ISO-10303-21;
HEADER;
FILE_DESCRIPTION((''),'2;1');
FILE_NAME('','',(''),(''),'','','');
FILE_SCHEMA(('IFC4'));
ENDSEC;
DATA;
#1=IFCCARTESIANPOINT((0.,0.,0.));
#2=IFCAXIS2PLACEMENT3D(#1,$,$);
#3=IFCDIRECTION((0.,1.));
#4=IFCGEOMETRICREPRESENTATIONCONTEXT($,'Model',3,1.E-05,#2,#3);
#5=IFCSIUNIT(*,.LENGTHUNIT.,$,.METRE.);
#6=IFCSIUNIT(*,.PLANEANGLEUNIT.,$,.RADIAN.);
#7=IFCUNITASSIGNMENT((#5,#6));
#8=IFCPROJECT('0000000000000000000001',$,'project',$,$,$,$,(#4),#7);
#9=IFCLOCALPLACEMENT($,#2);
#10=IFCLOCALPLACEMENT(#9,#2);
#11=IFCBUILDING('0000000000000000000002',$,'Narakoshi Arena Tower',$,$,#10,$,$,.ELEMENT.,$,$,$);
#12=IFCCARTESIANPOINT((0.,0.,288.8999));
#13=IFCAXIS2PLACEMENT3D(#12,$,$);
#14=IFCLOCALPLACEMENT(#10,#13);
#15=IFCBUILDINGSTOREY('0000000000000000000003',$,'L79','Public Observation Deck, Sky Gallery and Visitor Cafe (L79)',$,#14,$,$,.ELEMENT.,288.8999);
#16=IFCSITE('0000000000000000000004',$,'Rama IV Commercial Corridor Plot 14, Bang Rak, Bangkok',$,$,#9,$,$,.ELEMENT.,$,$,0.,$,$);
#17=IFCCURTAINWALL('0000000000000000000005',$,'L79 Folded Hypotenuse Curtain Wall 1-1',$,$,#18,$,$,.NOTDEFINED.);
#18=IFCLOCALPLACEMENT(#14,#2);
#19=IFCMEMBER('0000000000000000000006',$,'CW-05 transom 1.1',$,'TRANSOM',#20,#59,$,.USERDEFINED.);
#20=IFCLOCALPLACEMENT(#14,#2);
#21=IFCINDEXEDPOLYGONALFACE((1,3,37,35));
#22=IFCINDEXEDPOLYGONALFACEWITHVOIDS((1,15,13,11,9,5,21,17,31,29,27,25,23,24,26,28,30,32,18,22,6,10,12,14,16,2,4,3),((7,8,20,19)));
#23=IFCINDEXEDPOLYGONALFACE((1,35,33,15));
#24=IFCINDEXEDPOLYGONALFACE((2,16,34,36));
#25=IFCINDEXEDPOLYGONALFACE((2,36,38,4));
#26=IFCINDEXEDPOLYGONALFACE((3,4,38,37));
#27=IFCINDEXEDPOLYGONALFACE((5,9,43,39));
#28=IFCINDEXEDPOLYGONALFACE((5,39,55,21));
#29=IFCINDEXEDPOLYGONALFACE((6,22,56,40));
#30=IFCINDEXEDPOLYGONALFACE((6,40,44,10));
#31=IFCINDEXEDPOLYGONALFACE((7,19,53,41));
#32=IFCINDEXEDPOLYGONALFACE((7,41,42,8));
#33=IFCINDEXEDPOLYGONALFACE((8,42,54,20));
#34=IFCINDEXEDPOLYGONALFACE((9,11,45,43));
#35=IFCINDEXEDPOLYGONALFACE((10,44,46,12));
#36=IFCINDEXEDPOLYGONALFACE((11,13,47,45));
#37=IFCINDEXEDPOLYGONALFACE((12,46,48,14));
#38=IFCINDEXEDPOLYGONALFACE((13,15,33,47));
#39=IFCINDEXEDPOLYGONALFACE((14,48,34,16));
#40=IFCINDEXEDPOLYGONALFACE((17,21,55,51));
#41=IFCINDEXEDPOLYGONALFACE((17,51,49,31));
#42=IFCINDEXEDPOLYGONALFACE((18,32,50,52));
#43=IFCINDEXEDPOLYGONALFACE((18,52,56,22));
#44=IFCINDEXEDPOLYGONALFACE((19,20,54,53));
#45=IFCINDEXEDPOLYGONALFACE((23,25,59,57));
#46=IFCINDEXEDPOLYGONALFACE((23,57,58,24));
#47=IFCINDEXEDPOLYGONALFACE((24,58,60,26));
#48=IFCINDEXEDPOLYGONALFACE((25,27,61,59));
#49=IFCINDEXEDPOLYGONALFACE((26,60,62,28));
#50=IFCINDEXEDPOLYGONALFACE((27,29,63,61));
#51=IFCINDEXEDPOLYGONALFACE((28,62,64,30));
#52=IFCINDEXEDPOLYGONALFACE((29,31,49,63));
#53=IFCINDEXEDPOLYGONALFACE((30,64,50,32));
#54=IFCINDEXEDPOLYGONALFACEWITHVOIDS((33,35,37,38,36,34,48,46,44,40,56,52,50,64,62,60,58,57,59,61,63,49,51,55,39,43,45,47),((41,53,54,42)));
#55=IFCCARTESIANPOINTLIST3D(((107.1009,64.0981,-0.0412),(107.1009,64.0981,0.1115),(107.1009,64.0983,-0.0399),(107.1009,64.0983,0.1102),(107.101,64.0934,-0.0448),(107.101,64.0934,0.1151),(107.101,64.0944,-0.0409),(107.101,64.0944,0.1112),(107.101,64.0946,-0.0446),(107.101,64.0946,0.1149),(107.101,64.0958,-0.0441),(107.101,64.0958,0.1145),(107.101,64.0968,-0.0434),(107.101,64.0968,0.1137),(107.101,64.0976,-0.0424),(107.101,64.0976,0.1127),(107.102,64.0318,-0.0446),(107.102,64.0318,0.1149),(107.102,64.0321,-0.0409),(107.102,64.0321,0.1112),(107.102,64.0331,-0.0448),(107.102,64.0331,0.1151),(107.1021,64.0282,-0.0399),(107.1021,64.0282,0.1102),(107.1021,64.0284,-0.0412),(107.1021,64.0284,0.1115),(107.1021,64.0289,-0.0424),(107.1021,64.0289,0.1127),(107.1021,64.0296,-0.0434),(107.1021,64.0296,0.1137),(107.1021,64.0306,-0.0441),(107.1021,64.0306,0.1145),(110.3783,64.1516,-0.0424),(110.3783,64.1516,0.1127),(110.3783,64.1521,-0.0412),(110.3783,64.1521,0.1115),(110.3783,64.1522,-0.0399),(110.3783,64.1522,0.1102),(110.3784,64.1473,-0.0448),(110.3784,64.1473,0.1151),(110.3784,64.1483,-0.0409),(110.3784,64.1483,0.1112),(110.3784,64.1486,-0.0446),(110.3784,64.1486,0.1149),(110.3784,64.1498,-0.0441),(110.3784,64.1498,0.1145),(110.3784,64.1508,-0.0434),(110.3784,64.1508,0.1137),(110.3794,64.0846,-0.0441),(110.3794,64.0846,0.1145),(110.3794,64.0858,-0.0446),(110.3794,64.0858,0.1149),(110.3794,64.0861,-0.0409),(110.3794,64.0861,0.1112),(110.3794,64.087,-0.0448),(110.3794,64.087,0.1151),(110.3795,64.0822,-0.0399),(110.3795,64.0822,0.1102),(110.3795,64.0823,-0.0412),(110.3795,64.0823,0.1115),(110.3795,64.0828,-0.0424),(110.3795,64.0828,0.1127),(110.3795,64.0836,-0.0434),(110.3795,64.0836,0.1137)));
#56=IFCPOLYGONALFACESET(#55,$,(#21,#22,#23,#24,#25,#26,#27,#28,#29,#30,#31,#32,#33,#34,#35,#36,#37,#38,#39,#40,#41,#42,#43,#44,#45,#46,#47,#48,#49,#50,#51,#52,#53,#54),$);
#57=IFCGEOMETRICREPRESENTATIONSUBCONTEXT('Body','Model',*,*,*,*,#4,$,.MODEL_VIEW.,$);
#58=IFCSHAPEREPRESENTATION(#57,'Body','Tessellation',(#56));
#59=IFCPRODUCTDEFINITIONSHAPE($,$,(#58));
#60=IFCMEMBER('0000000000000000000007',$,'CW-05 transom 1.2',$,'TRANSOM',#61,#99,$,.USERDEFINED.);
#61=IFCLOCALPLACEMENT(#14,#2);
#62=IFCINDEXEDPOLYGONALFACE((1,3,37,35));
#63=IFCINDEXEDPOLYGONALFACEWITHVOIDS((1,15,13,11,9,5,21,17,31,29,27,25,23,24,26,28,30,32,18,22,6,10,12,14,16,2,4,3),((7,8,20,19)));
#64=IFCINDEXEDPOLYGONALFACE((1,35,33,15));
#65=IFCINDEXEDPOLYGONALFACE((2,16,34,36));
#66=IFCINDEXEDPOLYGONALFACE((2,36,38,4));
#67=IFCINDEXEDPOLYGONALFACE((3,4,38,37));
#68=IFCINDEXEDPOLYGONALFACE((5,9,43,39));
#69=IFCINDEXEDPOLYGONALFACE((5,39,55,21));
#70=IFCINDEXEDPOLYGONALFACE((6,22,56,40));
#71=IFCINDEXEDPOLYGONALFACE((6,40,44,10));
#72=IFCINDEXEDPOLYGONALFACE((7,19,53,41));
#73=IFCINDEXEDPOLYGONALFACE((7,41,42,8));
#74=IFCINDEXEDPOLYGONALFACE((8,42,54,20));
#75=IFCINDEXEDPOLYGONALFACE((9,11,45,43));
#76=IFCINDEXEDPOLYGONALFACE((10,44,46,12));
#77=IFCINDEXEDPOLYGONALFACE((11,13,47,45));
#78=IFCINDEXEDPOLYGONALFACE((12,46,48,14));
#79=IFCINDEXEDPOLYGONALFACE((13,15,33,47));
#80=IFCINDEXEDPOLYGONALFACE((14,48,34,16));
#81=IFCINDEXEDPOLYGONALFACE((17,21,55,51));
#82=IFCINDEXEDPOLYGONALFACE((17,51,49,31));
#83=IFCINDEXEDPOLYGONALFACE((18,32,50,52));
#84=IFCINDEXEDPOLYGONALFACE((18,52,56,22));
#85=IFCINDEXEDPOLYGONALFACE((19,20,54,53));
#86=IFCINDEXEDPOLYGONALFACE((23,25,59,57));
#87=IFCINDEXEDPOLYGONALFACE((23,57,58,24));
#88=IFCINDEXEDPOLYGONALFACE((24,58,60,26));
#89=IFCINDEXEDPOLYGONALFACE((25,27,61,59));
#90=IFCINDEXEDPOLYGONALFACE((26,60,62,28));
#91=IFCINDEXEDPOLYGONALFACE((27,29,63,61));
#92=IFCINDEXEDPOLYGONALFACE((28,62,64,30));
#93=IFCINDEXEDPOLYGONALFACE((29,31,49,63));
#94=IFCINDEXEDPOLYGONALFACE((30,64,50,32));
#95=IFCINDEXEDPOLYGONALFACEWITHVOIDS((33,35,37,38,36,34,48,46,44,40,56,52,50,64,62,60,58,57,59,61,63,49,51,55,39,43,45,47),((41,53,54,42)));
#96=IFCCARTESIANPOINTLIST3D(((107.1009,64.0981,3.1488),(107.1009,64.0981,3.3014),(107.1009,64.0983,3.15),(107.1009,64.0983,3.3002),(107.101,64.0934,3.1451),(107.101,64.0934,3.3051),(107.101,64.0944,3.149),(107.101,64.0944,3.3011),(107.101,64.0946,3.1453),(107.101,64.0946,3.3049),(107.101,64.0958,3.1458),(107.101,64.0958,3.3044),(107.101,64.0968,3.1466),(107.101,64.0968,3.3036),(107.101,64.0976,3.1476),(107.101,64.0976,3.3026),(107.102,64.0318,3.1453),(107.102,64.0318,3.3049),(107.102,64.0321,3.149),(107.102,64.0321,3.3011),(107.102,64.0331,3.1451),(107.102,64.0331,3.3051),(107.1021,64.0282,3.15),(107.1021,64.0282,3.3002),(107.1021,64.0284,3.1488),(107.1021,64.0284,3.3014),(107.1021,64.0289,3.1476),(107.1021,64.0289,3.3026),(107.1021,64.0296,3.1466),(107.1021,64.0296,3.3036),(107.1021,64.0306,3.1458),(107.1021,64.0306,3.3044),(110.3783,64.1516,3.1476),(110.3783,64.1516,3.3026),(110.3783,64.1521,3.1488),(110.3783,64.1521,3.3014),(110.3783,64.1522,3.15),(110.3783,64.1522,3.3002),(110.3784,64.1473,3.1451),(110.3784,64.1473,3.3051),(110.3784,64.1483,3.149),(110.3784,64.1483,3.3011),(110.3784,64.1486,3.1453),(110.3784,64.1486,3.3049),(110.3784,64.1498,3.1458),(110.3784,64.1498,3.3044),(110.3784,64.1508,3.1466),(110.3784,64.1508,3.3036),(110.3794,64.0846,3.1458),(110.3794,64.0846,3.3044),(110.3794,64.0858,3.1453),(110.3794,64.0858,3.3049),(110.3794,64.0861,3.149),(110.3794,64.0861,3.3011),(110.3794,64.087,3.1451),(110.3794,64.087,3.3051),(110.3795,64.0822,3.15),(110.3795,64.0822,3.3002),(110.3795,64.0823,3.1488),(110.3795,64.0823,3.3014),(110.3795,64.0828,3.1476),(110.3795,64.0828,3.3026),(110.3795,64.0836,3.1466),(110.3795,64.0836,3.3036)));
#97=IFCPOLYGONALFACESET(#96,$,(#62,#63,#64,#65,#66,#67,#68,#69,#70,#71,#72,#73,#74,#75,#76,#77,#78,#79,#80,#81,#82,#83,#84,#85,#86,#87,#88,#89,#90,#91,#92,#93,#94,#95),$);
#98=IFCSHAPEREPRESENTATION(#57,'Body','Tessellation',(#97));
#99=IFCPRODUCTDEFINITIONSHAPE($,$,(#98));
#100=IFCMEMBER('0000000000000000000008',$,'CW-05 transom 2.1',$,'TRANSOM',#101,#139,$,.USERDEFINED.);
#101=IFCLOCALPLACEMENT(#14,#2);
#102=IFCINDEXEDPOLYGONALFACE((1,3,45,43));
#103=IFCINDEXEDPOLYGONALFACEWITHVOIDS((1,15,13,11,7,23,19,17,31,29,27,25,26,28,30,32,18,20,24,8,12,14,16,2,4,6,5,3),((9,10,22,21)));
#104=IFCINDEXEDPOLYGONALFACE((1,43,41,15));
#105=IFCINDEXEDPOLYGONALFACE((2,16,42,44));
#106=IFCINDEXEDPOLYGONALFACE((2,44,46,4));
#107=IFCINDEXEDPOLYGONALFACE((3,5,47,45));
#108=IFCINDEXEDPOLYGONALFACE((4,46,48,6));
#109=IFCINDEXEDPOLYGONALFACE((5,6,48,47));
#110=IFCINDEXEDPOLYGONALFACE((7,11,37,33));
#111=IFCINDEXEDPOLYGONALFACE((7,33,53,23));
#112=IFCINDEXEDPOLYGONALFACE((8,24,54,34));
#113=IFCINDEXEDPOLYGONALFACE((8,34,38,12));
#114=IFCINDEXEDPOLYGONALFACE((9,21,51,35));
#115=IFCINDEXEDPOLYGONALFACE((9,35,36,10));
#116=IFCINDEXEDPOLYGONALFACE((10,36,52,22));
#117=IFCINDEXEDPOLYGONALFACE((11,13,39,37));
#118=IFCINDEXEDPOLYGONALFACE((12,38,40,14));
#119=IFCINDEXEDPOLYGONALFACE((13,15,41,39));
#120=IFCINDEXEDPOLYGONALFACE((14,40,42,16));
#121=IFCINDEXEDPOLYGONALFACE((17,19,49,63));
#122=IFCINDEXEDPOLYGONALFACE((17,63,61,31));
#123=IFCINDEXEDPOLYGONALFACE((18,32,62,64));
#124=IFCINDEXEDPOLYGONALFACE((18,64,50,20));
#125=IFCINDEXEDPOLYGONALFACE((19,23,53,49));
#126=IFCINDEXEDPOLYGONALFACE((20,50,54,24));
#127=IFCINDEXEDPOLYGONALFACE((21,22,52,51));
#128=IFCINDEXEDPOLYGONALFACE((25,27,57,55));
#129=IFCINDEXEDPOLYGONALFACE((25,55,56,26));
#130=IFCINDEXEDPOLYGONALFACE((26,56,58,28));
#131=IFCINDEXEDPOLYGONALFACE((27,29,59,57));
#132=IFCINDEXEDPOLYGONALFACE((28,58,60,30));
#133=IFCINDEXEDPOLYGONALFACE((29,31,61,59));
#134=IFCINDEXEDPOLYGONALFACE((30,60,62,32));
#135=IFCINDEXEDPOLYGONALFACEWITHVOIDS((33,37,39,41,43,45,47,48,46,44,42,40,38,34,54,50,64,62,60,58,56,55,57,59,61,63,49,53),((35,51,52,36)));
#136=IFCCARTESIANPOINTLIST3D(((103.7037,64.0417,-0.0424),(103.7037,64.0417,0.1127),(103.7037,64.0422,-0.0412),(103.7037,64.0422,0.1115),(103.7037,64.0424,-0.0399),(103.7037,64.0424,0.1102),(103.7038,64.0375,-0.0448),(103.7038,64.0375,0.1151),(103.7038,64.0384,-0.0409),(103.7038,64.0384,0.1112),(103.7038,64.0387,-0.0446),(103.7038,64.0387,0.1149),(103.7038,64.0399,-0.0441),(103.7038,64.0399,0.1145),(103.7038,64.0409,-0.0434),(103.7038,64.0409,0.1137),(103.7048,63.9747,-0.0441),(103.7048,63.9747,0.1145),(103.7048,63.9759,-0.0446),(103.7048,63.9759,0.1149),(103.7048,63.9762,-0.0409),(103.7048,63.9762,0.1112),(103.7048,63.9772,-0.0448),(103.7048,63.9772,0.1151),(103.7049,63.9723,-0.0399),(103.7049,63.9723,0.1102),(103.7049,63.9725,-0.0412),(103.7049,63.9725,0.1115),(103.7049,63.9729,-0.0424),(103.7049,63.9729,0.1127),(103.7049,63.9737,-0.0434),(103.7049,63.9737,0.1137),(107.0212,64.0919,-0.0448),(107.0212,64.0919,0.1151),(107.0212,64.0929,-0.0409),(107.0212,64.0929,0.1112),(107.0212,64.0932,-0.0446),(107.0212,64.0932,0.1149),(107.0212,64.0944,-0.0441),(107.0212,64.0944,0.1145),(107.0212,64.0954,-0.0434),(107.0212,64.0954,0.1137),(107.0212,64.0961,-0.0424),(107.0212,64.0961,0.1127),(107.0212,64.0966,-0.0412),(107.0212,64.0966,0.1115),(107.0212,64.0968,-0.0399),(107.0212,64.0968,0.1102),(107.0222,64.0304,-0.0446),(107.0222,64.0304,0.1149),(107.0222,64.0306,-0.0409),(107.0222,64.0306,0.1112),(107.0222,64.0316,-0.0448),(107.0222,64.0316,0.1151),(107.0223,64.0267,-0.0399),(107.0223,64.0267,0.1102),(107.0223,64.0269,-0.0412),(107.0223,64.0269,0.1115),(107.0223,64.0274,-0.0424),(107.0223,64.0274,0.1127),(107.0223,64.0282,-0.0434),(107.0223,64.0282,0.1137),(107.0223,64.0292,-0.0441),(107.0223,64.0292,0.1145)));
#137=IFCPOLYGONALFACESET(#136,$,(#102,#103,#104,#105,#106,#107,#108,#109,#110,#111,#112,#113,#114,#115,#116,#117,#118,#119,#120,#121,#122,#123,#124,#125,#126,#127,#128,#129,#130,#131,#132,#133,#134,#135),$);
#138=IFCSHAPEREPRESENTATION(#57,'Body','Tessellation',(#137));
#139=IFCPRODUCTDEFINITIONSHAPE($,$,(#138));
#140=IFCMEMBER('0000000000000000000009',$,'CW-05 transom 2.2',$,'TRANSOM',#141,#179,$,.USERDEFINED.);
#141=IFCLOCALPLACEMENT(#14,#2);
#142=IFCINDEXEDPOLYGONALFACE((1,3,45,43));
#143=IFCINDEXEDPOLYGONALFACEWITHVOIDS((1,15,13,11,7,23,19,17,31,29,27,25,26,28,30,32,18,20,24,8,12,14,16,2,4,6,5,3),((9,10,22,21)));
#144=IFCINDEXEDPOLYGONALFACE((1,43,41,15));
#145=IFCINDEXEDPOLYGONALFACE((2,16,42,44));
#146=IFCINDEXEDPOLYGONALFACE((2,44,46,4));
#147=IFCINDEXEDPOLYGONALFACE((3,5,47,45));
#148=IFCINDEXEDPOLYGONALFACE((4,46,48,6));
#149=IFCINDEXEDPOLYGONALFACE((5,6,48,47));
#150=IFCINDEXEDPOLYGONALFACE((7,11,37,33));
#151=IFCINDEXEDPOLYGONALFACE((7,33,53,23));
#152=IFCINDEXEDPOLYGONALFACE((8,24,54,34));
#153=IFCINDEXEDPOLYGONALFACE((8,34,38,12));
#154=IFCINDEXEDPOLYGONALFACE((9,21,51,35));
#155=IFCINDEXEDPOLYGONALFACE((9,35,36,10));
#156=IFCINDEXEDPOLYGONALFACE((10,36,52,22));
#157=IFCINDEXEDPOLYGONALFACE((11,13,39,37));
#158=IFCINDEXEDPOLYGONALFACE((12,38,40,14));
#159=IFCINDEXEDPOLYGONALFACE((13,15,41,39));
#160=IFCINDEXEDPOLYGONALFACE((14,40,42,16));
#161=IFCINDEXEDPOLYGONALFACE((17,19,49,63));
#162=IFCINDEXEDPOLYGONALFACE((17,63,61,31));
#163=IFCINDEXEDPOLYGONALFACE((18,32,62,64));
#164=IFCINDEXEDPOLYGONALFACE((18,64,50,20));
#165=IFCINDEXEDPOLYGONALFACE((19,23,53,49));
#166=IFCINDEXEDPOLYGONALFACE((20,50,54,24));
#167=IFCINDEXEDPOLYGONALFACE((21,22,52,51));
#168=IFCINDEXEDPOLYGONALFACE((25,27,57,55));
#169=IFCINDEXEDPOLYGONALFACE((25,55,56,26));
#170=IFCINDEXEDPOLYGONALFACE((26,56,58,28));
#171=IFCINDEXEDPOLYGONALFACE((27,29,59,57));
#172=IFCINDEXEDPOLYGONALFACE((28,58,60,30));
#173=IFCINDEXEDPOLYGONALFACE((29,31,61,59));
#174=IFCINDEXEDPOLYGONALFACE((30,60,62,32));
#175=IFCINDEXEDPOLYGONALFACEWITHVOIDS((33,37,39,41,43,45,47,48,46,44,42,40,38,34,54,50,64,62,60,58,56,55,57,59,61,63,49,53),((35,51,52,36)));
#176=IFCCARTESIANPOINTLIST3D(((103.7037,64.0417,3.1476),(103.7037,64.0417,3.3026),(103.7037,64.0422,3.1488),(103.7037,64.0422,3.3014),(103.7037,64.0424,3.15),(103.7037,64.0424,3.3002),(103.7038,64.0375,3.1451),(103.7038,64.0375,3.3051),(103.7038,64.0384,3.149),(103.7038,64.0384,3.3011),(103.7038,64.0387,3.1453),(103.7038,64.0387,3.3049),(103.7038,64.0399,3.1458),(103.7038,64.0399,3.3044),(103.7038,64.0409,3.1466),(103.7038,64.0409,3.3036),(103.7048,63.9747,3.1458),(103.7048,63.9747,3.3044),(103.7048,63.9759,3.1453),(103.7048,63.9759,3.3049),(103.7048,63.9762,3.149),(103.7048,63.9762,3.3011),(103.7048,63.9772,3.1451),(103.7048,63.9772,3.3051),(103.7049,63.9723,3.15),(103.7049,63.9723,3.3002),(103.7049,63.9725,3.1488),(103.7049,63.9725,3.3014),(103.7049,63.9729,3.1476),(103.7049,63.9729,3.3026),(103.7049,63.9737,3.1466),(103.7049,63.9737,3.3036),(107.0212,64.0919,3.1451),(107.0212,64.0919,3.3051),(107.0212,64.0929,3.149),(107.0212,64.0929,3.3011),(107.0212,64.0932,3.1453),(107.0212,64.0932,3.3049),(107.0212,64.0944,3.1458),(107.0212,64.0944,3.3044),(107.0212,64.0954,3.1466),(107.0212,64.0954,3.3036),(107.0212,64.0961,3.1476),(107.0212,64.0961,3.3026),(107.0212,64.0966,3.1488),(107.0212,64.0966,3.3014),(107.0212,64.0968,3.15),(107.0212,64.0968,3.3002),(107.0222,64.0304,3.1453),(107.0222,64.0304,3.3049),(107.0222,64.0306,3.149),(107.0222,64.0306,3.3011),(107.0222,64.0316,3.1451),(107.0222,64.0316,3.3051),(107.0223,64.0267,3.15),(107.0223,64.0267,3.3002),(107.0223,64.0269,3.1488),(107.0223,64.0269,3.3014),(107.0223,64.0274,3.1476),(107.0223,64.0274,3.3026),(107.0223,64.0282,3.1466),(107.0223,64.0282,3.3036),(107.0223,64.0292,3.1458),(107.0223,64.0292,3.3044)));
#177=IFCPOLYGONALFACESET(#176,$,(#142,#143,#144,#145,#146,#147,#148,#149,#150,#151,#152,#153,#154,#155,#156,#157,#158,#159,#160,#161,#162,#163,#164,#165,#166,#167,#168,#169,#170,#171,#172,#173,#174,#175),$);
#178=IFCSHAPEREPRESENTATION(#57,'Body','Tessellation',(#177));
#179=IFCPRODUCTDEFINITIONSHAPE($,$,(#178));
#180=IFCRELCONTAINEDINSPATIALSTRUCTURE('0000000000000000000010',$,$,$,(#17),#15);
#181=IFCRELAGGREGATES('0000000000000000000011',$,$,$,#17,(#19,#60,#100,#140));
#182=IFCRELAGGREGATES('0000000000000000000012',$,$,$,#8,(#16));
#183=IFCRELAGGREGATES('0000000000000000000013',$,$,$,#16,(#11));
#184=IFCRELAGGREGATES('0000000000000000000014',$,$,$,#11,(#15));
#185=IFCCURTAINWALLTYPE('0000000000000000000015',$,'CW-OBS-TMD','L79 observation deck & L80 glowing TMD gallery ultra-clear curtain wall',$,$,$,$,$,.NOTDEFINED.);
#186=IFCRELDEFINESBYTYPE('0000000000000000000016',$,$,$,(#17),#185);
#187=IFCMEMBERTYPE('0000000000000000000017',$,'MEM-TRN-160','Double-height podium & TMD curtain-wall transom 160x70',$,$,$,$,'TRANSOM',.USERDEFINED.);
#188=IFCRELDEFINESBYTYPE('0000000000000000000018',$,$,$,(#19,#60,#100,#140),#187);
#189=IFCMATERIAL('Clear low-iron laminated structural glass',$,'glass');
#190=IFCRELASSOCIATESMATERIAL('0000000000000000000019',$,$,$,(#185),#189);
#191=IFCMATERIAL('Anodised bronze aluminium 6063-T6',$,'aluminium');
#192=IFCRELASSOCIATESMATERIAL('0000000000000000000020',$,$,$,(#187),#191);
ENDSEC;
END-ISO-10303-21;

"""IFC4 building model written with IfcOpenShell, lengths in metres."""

from ifc_helpers import new_model, si_unit, direction, frame, origin, origin_2d, place, context, subcontext, project, spatial, hollow_rectangle, extrude, material, material_profile, profile_set, type_object, element, aggregate, save


model = new_model("IFC4")

# Units and contexts
model_context = context("Model", 3, precision=1e-05, world=origin(), true_north=direction((0.0, 1.0)))
body_context = subcontext(model_context, "Body", "Model", "MODEL_VIEW")
ifc_project = project(units=[si_unit("LENGTHUNIT", "METRE"), si_unit("PLANEANGLEUNIT", "RADIAN")], contexts=[model_context])

# Site, building, storey
site_placement = place(None, origin())
site = spatial("IfcSite", under=ifc_project, at=site_placement, Name="Rama IV Commercial Corridor Plot 14, Bang Rak, Bangkok", CompositionType="ELEMENT", RefElevation=0.0)
building_placement = place(site_placement, origin())
building = spatial("IfcBuilding", under=site, at=building_placement, Name="Narakoshi Arena Tower", CompositionType="ELEMENT")
storey_placement = place(building_placement, frame((0.0, 0.0, 288.8999)))
storey = spatial("IfcBuildingStorey", under=building, at=storey_placement, Name="L79", Description="Public Observation Deck, Sky Gallery and Visitor Cafe (L79)", CompositionType="ELEMENT", Elevation=288.8999)

# Curtain wall
ifc_material_1 = material(Name="Clear low-iron laminated structural glass", Category="glass")
curtain_wall_type = type_object("IfcCurtainWallType", Name="CW-OBS-TMD", Description="L79 observation deck & L80 glowing TMD gallery ultra-clear curtain wall", PredefinedType="NOTDEFINED", material=ifc_material_1)
curtain_wall_1_placement = place(storey_placement, origin())
curtain_wall_1 = element("IfcCurtainWall", 1, at=curtain_wall_1_placement, inside=storey, type_object=curtain_wall_type, Name="L79 Folded Hypotenuse Curtain Wall 1-1", PredefinedType="NOTDEFINED")
ifc_material_2 = material(Name="Anodised bronze aluminium 6063-T6", Category="aluminium")

# Members
ifc_material_profile_1 = material_profile(ifc_material_2, hollow_rectangle(XDim=0.0701, YDim=0.1599, WallThickness=0.0039, OuterFilletRadius=0.0049, at=origin_2d()), Name="TRN160x70x4")
ifc_profile_set_1 = profile_set([ifc_material_profile_1], Name="Anodised bronze aluminium 6063-T6")
member_type_1 = type_object("IfcMemberType", Name="MEM-TRN-160", Description="Double-height podium & TMD curtain-wall transom 160x70", ElementType="TRANSOM", PredefinedType="USERDEFINED", material=ifc_profile_set_1)
member_1_placement = place(storey_placement, frame((110.3789, 64.1172, 0.0352), z_axis=(-0.999865, -0.016461, 0.0), x_axis=(0.016461, -0.999865, 0.0)))
member_1 = element("IfcMember", 2, at=member_1_placement, type_object=member_type_1, Name="CW-05 transom 1.1", ObjectType="TRANSOM", PredefinedType="USERDEFINED", context=body_context, shape_type="SweptSolid", body=[
    extrude(hollow_rectangle(XDim=0.0701, YDim=0.1599, WallThickness=0.0039, OuterFilletRadius=0.0049, at=origin_2d()), origin(), (0.0, 0.0, 1.0), 3.2778),
])
member_2_placement = place(storey_placement, frame((110.3789, 64.1172, 3.2251), z_axis=(-0.999865, -0.016461, 0.0), x_axis=(0.016461, -0.999865, 0.0)))
member_2 = element("IfcMember", 3, at=member_2_placement, type_object=member_type_1, Name="CW-05 transom 1.2", ObjectType="TRANSOM", PredefinedType="USERDEFINED", context=body_context, shape_type="SweptSolid", body=[
    extrude(hollow_rectangle(XDim=0.0701, YDim=0.1599, WallThickness=0.0039, OuterFilletRadius=0.0049, at=origin_2d()), origin(), (0.0, 0.0, 1.0), 3.2778),
])
member_3_placement = place(storey_placement, frame((107.0217, 64.0618, 0.0352), z_axis=(-0.999865, -0.016409, 0.0), x_axis=(0.016409, -0.999865, 0.0)))
member_3 = element("IfcMember", 4, at=member_3_placement, type_object=member_type_1, Name="CW-05 transom 2.1", ObjectType="TRANSOM", PredefinedType="USERDEFINED", context=body_context, shape_type="SweptSolid", body=[
    extrude(hollow_rectangle(XDim=0.0701, YDim=0.1599, WallThickness=0.0039, OuterFilletRadius=0.0049, at=origin_2d()), origin(), (0.0, 0.0, 1.0), 3.3179),
])
member_4_placement = place(storey_placement, frame((107.0217, 64.0618, 3.2251), z_axis=(-0.999865, -0.016409, 0.0), x_axis=(0.016409, -0.999865, 0.0)))
member_4 = element("IfcMember", 5, at=member_4_placement, type_object=member_type_1, Name="CW-05 transom 2.2", ObjectType="TRANSOM", PredefinedType="USERDEFINED", context=body_context, shape_type="SweptSolid", body=[
    extrude(hollow_rectangle(XDim=0.0701, YDim=0.1599, WallThickness=0.0039, OuterFilletRadius=0.0049, at=origin_2d()), origin(), (0.0, 0.0, 1.0), 3.3179),
])

aggregate(curtain_wall_1, [member_1, member_2, member_3, member_4])

save(model, "model.ifc")
